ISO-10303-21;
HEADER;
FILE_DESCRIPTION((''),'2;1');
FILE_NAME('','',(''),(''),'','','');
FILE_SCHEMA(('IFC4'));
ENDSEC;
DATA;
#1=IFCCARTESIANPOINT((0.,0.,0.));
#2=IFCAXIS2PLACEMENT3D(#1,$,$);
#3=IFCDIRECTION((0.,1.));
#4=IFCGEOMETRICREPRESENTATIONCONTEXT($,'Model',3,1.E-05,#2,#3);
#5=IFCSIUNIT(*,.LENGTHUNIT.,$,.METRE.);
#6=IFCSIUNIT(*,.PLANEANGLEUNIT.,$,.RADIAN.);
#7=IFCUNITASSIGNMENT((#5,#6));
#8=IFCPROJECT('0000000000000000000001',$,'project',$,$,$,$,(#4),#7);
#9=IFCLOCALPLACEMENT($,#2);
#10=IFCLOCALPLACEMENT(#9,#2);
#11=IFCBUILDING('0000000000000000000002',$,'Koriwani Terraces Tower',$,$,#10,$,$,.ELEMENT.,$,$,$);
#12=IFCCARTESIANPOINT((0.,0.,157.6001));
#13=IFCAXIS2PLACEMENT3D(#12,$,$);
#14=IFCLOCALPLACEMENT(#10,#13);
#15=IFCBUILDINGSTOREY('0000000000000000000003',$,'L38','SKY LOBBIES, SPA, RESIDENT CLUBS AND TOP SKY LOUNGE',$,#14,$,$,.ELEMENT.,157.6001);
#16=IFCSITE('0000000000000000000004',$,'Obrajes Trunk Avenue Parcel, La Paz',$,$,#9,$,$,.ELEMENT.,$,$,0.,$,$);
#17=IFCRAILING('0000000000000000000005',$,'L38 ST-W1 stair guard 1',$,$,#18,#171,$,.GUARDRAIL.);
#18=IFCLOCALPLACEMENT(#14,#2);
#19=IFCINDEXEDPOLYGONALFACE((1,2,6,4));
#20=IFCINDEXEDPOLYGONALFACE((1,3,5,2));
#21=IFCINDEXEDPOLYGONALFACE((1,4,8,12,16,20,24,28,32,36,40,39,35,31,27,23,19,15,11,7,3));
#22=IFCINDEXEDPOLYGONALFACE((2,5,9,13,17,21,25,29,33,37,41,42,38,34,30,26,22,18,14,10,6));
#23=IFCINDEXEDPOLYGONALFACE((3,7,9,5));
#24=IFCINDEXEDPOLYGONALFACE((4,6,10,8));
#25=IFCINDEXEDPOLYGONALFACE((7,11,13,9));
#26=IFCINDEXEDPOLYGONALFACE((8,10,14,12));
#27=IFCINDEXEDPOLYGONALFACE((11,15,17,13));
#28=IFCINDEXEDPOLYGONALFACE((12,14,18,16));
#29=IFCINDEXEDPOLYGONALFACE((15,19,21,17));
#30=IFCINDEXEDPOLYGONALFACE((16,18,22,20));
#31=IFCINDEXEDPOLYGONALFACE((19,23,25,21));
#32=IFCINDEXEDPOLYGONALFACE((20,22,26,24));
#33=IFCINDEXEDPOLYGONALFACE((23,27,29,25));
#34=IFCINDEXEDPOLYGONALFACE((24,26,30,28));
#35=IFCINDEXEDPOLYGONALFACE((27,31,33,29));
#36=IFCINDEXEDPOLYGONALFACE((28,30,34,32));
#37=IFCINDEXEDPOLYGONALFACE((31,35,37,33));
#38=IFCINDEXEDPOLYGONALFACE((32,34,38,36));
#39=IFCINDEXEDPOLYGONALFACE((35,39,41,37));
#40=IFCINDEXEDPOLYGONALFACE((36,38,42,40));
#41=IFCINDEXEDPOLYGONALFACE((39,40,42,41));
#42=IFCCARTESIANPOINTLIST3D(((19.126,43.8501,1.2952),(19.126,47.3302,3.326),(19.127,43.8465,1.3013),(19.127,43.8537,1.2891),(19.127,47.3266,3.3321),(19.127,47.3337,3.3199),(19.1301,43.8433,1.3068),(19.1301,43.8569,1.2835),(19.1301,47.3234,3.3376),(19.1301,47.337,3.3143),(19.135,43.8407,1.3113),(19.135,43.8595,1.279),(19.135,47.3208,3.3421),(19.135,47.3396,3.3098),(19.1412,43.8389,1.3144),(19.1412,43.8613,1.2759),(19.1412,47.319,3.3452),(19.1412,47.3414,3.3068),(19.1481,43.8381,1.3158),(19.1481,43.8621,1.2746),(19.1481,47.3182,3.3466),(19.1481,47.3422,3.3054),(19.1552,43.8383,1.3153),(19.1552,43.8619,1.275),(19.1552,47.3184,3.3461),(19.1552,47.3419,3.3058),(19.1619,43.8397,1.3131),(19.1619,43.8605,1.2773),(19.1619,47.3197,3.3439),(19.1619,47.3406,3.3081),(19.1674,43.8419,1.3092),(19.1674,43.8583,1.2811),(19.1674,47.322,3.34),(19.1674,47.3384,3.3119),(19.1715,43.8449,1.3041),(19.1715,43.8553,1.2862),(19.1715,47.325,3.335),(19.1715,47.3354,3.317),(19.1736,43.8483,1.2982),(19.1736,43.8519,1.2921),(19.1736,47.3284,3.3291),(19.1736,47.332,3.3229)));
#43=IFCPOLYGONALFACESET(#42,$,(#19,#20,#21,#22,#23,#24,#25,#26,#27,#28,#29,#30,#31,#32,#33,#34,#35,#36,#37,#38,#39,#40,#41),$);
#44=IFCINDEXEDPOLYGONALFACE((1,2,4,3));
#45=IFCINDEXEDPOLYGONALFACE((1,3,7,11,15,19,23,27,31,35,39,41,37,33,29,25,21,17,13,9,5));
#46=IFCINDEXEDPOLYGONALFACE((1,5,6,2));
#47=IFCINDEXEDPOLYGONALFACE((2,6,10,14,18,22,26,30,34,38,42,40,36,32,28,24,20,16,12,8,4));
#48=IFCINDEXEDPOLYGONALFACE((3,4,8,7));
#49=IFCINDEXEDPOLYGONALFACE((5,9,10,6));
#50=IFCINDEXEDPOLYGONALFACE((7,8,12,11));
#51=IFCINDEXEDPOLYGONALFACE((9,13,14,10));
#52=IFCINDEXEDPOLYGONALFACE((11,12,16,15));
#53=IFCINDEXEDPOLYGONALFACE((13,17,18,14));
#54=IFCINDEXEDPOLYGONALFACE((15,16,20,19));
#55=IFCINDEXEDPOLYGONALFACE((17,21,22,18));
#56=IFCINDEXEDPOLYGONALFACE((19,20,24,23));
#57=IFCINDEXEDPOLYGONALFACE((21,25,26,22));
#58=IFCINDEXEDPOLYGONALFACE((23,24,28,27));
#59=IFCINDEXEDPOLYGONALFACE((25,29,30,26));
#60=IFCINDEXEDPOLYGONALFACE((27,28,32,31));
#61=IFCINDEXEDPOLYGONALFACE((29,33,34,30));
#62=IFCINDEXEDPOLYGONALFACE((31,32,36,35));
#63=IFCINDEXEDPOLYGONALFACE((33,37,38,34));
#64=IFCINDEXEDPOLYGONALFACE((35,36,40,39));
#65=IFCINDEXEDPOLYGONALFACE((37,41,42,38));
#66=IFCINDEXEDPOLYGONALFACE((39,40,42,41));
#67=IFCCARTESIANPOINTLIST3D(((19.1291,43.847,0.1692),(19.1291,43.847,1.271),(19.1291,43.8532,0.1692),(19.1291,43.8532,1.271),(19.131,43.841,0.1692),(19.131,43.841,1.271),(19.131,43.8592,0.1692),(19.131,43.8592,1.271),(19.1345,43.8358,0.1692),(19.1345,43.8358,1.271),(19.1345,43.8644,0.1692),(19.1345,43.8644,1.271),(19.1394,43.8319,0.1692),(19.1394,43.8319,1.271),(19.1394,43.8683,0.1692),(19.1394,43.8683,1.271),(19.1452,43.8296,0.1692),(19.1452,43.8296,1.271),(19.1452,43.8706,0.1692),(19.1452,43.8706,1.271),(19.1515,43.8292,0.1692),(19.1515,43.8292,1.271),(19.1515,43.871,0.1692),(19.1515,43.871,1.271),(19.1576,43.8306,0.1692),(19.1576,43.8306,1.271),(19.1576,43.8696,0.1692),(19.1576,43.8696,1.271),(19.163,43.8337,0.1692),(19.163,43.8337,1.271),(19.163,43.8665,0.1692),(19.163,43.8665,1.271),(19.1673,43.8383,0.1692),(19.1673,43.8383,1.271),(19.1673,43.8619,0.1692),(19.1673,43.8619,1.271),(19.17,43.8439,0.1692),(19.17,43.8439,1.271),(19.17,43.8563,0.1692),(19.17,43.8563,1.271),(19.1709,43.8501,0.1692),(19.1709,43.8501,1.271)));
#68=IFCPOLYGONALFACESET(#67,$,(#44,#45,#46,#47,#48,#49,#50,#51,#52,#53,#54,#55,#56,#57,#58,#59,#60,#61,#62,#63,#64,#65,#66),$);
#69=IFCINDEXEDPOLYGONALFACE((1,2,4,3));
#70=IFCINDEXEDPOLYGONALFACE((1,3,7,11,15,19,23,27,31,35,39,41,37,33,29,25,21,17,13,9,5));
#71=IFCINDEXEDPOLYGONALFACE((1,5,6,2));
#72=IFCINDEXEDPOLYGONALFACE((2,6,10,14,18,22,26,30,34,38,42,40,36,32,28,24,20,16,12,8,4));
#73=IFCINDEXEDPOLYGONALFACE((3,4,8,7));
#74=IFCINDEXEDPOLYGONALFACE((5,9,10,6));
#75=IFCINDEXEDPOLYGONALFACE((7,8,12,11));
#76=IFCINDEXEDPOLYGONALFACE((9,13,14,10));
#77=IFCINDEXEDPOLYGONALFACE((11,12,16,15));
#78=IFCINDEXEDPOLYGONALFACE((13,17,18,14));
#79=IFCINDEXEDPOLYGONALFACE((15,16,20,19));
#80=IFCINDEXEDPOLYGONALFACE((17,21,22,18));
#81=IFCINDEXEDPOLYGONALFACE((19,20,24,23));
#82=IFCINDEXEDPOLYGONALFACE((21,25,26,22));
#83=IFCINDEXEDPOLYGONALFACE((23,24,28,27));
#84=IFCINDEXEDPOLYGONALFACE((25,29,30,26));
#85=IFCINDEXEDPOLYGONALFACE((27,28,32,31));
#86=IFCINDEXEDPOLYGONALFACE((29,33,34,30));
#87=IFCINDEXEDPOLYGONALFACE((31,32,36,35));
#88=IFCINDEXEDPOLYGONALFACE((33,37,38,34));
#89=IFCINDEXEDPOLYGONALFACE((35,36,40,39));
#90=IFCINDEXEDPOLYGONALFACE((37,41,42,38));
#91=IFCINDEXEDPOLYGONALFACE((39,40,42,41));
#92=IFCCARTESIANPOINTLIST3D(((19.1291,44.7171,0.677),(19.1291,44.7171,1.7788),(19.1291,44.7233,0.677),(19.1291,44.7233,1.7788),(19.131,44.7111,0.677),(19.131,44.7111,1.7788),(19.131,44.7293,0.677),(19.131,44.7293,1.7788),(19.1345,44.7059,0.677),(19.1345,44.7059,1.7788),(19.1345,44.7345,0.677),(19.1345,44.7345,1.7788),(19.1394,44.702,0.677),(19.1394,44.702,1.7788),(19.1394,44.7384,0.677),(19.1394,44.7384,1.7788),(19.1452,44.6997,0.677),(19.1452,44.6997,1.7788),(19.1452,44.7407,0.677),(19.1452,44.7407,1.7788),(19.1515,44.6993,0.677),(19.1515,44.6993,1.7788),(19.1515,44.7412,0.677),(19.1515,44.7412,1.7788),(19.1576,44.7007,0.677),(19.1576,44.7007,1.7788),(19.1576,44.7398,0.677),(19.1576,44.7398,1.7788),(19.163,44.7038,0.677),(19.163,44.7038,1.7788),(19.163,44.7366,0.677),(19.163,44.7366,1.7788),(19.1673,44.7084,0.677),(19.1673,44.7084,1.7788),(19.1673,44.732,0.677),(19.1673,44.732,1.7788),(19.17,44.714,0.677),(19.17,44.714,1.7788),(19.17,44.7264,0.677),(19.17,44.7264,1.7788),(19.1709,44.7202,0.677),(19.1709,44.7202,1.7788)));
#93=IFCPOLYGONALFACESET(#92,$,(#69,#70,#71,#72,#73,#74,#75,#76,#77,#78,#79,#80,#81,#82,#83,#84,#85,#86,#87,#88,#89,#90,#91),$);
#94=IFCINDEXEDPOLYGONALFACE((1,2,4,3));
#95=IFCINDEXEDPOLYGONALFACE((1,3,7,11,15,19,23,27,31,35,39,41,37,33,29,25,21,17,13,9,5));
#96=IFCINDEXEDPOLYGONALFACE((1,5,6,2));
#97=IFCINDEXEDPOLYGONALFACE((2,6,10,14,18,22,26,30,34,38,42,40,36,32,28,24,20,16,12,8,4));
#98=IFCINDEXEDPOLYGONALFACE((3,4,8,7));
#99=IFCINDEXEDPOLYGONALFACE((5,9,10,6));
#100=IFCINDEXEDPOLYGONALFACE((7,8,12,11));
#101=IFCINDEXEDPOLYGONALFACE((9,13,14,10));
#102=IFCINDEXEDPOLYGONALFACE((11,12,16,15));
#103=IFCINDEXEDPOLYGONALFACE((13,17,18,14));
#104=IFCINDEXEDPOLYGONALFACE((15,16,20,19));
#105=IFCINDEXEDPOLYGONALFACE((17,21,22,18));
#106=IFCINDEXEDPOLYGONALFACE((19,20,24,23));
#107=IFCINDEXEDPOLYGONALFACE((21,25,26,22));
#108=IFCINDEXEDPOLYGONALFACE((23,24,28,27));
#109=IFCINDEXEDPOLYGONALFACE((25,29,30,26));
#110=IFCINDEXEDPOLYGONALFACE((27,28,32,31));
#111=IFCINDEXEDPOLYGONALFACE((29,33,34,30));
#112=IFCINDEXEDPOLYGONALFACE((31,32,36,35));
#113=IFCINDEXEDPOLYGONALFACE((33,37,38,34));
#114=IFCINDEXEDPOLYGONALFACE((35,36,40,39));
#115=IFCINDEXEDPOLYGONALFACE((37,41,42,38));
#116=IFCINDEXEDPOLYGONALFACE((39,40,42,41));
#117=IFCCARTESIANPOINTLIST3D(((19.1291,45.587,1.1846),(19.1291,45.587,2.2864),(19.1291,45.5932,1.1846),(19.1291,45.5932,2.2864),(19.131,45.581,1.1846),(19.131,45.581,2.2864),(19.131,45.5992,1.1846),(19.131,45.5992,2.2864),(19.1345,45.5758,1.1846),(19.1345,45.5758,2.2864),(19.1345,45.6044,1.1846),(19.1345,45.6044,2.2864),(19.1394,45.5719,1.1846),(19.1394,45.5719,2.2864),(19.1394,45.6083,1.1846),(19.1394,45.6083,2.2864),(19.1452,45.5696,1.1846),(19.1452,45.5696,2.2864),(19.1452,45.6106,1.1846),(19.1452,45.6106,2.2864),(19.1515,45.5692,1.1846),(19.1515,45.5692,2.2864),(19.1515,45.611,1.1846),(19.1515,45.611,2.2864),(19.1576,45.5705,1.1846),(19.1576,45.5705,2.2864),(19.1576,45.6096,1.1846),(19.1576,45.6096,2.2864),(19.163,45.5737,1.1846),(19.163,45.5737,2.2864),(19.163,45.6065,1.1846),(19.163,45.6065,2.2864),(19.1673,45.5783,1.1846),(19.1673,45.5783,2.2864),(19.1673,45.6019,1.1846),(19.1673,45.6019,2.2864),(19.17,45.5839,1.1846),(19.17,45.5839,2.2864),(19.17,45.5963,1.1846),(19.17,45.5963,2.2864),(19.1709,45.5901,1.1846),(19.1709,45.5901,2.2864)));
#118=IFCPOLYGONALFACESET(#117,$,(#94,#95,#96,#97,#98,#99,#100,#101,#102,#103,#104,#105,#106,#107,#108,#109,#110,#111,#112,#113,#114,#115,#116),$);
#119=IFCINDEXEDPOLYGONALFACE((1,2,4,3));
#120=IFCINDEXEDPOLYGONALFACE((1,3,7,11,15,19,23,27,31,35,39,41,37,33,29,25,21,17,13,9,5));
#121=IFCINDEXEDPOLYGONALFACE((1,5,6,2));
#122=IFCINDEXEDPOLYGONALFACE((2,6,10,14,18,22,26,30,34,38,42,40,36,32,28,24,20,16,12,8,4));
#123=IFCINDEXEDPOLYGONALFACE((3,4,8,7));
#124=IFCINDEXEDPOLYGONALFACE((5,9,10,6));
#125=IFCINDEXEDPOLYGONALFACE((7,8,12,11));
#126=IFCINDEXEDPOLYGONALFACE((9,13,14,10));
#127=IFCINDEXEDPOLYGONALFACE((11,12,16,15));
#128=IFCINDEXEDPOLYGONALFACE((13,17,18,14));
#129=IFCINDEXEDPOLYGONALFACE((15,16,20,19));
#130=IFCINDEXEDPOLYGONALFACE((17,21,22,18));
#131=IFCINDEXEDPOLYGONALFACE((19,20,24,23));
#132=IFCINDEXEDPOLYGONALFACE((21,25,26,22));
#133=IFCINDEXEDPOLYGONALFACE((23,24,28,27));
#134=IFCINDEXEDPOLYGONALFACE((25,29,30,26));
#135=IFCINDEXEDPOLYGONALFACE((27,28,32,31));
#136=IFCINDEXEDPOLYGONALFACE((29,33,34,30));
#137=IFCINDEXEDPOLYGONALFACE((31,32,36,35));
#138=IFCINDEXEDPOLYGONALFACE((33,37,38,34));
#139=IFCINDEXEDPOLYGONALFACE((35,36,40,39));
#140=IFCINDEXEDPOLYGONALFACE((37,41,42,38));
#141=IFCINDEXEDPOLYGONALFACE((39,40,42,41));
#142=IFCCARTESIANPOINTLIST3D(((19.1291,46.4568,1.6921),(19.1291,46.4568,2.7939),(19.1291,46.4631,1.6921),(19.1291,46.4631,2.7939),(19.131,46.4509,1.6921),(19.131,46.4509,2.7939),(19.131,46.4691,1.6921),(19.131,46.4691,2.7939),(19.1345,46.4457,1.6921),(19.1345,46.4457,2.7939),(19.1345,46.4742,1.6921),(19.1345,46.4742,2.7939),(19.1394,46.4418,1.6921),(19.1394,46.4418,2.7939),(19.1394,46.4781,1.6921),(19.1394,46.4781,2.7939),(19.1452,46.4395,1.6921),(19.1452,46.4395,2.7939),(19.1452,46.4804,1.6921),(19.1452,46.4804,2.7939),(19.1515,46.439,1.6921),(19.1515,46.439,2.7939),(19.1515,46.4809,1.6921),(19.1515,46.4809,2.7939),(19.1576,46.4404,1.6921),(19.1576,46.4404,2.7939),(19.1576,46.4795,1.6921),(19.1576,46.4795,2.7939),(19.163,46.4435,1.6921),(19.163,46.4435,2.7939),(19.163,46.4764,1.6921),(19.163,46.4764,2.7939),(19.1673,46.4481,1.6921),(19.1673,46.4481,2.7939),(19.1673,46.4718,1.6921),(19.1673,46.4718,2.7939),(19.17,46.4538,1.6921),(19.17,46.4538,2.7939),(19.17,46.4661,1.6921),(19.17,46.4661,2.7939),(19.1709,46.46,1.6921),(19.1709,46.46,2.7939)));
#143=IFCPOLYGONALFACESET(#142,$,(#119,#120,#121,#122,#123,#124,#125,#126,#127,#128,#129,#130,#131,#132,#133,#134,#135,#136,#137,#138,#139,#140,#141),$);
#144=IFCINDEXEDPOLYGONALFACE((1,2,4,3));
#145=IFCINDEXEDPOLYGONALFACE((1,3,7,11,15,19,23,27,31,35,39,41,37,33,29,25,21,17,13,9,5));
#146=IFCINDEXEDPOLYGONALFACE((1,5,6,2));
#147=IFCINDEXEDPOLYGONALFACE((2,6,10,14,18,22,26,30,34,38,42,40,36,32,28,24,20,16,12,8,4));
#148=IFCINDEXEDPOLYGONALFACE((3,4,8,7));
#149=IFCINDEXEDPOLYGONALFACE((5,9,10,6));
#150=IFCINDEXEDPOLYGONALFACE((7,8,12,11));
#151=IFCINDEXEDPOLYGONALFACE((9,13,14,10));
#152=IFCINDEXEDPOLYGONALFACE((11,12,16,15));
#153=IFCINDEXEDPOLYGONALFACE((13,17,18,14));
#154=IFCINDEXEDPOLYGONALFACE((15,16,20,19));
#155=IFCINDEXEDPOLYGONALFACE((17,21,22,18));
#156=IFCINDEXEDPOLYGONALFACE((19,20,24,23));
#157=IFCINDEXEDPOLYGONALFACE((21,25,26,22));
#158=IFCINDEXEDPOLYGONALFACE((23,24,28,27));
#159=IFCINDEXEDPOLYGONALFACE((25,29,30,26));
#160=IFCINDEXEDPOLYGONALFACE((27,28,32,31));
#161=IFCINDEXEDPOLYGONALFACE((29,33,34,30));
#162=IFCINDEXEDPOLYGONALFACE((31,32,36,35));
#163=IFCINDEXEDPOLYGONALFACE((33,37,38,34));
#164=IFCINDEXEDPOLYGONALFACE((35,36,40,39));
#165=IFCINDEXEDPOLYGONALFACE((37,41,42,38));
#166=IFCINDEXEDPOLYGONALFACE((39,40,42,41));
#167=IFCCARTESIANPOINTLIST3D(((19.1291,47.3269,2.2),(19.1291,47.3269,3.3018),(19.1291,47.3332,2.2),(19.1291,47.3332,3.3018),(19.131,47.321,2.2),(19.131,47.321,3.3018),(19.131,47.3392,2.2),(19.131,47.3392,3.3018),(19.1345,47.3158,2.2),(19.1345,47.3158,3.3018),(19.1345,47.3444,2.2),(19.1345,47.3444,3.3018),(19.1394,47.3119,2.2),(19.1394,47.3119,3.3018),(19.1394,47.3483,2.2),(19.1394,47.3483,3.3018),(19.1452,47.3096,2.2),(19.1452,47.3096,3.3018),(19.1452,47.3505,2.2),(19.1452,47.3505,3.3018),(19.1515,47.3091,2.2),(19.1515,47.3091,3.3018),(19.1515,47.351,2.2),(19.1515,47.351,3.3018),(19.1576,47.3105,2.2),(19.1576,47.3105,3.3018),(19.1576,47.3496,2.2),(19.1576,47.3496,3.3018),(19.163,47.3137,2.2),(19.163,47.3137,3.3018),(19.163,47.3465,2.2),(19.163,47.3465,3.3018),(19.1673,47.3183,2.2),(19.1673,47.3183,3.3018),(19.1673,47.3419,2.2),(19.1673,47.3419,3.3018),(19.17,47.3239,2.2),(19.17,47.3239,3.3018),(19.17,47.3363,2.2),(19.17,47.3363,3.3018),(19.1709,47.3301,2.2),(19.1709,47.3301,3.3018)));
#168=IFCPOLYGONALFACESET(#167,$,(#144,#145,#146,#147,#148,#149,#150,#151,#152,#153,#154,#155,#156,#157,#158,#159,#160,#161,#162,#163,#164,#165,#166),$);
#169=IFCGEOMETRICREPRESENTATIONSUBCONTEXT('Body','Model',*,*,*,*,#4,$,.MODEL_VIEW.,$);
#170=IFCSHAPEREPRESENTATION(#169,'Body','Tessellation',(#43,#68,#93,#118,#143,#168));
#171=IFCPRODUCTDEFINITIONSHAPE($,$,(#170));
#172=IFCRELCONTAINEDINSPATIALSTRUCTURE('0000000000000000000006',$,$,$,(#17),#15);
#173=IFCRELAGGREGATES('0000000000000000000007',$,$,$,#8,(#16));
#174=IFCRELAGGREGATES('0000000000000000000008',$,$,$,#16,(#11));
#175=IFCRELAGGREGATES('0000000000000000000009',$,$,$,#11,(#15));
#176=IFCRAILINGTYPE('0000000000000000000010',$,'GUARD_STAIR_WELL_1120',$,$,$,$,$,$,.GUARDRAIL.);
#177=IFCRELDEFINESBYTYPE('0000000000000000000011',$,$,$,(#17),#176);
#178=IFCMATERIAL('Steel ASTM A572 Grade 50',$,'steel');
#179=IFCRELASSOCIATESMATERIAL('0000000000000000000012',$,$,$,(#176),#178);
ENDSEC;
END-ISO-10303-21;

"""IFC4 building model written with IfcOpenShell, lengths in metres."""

from ifc_helpers import new_model, si_unit, direction, frame, origin, origin_2d, place, context, subcontext, project, spatial, circle, extrude, material, type_object, element, save


model = new_model("IFC4")

# Units and contexts
model_context = context("Model", 3, precision=1e-05, world=origin(), true_north=direction((0.0, 1.0)))
body_context = subcontext(model_context, "Body", "Model", "MODEL_VIEW")
ifc_project = project(units=[si_unit("LENGTHUNIT", "METRE"), si_unit("PLANEANGLEUNIT", "RADIAN")], contexts=[model_context])

# Site, building, storey
site_placement = place(None, origin())
site = spatial("IfcSite", under=ifc_project, at=site_placement, Name="Obrajes Trunk Avenue Parcel, La Paz", CompositionType="ELEMENT", RefElevation=0.0)
building_placement = place(site_placement, origin())
building = spatial("IfcBuilding", under=site, at=building_placement, Name="Koriwani Terraces Tower", CompositionType="ELEMENT")
storey_placement = place(building_placement, frame((0.0, 0.0, 157.6001)))
storey = spatial("IfcBuildingStorey", under=building, at=storey_placement, Name="L38", Description="SKY LOBBIES, SPA, RESIDENT CLUBS AND TOP SKY LOUNGE", CompositionType="ELEMENT", Elevation=157.6001)

# Shared definitions
ifc_material_1 = material(Name="Steel ASTM A572 Grade 50", Category="steel")

# Railing
railing_type_1 = type_object("IfcRailingType", Name="GUARD_STAIR_WELL_1120", PredefinedType="GUARDRAIL", material=ifc_material_1)
railing_1_placement = place(storey_placement, frame((19.1499, 43.8501, 0.1692)))
element("IfcRailing", 1, at=railing_1_placement, inside=storey, type_object=railing_type_1, Name="L38 ST-W1 stair guard 1", PredefinedType="GUARDRAIL", context=body_context, shape_type="SweptSolid", body=[
    extrude(circle(Radius=0.0239, at=origin_2d()), frame((0.0, 0.0, 1.126), z_axis=(0.0, 0.863695, 0.504014), x_axis=(-1.0, 0.0, 0.0)), (0.0, 0.0, 1.0), 4.0293),
    extrude(circle(Radius=0.021, at=origin_2d()), origin(), (0.0, 0.0, 1.0), 1.1018),
    extrude(circle(Radius=0.021, at=origin_2d()), frame((0.0, 0.8701, 0.5078)), (0.0, 0.0, 1.0), 1.1018),
    extrude(circle(Radius=0.021, at=origin_2d()), frame((0.0, 1.74, 1.0154)), (0.0, 0.0, 1.0), 1.1018),
    extrude(circle(Radius=0.021, at=origin_2d()), frame((0.0, 2.6099, 1.5229)), (0.0, 0.0, 1.0), 1.1018),
    extrude(circle(Radius=0.021, at=origin_2d()), frame((0.0, 3.48, 2.0308)), (0.0, 0.0, 1.0), 1.1018),
])

save(model, "model.ifc")
